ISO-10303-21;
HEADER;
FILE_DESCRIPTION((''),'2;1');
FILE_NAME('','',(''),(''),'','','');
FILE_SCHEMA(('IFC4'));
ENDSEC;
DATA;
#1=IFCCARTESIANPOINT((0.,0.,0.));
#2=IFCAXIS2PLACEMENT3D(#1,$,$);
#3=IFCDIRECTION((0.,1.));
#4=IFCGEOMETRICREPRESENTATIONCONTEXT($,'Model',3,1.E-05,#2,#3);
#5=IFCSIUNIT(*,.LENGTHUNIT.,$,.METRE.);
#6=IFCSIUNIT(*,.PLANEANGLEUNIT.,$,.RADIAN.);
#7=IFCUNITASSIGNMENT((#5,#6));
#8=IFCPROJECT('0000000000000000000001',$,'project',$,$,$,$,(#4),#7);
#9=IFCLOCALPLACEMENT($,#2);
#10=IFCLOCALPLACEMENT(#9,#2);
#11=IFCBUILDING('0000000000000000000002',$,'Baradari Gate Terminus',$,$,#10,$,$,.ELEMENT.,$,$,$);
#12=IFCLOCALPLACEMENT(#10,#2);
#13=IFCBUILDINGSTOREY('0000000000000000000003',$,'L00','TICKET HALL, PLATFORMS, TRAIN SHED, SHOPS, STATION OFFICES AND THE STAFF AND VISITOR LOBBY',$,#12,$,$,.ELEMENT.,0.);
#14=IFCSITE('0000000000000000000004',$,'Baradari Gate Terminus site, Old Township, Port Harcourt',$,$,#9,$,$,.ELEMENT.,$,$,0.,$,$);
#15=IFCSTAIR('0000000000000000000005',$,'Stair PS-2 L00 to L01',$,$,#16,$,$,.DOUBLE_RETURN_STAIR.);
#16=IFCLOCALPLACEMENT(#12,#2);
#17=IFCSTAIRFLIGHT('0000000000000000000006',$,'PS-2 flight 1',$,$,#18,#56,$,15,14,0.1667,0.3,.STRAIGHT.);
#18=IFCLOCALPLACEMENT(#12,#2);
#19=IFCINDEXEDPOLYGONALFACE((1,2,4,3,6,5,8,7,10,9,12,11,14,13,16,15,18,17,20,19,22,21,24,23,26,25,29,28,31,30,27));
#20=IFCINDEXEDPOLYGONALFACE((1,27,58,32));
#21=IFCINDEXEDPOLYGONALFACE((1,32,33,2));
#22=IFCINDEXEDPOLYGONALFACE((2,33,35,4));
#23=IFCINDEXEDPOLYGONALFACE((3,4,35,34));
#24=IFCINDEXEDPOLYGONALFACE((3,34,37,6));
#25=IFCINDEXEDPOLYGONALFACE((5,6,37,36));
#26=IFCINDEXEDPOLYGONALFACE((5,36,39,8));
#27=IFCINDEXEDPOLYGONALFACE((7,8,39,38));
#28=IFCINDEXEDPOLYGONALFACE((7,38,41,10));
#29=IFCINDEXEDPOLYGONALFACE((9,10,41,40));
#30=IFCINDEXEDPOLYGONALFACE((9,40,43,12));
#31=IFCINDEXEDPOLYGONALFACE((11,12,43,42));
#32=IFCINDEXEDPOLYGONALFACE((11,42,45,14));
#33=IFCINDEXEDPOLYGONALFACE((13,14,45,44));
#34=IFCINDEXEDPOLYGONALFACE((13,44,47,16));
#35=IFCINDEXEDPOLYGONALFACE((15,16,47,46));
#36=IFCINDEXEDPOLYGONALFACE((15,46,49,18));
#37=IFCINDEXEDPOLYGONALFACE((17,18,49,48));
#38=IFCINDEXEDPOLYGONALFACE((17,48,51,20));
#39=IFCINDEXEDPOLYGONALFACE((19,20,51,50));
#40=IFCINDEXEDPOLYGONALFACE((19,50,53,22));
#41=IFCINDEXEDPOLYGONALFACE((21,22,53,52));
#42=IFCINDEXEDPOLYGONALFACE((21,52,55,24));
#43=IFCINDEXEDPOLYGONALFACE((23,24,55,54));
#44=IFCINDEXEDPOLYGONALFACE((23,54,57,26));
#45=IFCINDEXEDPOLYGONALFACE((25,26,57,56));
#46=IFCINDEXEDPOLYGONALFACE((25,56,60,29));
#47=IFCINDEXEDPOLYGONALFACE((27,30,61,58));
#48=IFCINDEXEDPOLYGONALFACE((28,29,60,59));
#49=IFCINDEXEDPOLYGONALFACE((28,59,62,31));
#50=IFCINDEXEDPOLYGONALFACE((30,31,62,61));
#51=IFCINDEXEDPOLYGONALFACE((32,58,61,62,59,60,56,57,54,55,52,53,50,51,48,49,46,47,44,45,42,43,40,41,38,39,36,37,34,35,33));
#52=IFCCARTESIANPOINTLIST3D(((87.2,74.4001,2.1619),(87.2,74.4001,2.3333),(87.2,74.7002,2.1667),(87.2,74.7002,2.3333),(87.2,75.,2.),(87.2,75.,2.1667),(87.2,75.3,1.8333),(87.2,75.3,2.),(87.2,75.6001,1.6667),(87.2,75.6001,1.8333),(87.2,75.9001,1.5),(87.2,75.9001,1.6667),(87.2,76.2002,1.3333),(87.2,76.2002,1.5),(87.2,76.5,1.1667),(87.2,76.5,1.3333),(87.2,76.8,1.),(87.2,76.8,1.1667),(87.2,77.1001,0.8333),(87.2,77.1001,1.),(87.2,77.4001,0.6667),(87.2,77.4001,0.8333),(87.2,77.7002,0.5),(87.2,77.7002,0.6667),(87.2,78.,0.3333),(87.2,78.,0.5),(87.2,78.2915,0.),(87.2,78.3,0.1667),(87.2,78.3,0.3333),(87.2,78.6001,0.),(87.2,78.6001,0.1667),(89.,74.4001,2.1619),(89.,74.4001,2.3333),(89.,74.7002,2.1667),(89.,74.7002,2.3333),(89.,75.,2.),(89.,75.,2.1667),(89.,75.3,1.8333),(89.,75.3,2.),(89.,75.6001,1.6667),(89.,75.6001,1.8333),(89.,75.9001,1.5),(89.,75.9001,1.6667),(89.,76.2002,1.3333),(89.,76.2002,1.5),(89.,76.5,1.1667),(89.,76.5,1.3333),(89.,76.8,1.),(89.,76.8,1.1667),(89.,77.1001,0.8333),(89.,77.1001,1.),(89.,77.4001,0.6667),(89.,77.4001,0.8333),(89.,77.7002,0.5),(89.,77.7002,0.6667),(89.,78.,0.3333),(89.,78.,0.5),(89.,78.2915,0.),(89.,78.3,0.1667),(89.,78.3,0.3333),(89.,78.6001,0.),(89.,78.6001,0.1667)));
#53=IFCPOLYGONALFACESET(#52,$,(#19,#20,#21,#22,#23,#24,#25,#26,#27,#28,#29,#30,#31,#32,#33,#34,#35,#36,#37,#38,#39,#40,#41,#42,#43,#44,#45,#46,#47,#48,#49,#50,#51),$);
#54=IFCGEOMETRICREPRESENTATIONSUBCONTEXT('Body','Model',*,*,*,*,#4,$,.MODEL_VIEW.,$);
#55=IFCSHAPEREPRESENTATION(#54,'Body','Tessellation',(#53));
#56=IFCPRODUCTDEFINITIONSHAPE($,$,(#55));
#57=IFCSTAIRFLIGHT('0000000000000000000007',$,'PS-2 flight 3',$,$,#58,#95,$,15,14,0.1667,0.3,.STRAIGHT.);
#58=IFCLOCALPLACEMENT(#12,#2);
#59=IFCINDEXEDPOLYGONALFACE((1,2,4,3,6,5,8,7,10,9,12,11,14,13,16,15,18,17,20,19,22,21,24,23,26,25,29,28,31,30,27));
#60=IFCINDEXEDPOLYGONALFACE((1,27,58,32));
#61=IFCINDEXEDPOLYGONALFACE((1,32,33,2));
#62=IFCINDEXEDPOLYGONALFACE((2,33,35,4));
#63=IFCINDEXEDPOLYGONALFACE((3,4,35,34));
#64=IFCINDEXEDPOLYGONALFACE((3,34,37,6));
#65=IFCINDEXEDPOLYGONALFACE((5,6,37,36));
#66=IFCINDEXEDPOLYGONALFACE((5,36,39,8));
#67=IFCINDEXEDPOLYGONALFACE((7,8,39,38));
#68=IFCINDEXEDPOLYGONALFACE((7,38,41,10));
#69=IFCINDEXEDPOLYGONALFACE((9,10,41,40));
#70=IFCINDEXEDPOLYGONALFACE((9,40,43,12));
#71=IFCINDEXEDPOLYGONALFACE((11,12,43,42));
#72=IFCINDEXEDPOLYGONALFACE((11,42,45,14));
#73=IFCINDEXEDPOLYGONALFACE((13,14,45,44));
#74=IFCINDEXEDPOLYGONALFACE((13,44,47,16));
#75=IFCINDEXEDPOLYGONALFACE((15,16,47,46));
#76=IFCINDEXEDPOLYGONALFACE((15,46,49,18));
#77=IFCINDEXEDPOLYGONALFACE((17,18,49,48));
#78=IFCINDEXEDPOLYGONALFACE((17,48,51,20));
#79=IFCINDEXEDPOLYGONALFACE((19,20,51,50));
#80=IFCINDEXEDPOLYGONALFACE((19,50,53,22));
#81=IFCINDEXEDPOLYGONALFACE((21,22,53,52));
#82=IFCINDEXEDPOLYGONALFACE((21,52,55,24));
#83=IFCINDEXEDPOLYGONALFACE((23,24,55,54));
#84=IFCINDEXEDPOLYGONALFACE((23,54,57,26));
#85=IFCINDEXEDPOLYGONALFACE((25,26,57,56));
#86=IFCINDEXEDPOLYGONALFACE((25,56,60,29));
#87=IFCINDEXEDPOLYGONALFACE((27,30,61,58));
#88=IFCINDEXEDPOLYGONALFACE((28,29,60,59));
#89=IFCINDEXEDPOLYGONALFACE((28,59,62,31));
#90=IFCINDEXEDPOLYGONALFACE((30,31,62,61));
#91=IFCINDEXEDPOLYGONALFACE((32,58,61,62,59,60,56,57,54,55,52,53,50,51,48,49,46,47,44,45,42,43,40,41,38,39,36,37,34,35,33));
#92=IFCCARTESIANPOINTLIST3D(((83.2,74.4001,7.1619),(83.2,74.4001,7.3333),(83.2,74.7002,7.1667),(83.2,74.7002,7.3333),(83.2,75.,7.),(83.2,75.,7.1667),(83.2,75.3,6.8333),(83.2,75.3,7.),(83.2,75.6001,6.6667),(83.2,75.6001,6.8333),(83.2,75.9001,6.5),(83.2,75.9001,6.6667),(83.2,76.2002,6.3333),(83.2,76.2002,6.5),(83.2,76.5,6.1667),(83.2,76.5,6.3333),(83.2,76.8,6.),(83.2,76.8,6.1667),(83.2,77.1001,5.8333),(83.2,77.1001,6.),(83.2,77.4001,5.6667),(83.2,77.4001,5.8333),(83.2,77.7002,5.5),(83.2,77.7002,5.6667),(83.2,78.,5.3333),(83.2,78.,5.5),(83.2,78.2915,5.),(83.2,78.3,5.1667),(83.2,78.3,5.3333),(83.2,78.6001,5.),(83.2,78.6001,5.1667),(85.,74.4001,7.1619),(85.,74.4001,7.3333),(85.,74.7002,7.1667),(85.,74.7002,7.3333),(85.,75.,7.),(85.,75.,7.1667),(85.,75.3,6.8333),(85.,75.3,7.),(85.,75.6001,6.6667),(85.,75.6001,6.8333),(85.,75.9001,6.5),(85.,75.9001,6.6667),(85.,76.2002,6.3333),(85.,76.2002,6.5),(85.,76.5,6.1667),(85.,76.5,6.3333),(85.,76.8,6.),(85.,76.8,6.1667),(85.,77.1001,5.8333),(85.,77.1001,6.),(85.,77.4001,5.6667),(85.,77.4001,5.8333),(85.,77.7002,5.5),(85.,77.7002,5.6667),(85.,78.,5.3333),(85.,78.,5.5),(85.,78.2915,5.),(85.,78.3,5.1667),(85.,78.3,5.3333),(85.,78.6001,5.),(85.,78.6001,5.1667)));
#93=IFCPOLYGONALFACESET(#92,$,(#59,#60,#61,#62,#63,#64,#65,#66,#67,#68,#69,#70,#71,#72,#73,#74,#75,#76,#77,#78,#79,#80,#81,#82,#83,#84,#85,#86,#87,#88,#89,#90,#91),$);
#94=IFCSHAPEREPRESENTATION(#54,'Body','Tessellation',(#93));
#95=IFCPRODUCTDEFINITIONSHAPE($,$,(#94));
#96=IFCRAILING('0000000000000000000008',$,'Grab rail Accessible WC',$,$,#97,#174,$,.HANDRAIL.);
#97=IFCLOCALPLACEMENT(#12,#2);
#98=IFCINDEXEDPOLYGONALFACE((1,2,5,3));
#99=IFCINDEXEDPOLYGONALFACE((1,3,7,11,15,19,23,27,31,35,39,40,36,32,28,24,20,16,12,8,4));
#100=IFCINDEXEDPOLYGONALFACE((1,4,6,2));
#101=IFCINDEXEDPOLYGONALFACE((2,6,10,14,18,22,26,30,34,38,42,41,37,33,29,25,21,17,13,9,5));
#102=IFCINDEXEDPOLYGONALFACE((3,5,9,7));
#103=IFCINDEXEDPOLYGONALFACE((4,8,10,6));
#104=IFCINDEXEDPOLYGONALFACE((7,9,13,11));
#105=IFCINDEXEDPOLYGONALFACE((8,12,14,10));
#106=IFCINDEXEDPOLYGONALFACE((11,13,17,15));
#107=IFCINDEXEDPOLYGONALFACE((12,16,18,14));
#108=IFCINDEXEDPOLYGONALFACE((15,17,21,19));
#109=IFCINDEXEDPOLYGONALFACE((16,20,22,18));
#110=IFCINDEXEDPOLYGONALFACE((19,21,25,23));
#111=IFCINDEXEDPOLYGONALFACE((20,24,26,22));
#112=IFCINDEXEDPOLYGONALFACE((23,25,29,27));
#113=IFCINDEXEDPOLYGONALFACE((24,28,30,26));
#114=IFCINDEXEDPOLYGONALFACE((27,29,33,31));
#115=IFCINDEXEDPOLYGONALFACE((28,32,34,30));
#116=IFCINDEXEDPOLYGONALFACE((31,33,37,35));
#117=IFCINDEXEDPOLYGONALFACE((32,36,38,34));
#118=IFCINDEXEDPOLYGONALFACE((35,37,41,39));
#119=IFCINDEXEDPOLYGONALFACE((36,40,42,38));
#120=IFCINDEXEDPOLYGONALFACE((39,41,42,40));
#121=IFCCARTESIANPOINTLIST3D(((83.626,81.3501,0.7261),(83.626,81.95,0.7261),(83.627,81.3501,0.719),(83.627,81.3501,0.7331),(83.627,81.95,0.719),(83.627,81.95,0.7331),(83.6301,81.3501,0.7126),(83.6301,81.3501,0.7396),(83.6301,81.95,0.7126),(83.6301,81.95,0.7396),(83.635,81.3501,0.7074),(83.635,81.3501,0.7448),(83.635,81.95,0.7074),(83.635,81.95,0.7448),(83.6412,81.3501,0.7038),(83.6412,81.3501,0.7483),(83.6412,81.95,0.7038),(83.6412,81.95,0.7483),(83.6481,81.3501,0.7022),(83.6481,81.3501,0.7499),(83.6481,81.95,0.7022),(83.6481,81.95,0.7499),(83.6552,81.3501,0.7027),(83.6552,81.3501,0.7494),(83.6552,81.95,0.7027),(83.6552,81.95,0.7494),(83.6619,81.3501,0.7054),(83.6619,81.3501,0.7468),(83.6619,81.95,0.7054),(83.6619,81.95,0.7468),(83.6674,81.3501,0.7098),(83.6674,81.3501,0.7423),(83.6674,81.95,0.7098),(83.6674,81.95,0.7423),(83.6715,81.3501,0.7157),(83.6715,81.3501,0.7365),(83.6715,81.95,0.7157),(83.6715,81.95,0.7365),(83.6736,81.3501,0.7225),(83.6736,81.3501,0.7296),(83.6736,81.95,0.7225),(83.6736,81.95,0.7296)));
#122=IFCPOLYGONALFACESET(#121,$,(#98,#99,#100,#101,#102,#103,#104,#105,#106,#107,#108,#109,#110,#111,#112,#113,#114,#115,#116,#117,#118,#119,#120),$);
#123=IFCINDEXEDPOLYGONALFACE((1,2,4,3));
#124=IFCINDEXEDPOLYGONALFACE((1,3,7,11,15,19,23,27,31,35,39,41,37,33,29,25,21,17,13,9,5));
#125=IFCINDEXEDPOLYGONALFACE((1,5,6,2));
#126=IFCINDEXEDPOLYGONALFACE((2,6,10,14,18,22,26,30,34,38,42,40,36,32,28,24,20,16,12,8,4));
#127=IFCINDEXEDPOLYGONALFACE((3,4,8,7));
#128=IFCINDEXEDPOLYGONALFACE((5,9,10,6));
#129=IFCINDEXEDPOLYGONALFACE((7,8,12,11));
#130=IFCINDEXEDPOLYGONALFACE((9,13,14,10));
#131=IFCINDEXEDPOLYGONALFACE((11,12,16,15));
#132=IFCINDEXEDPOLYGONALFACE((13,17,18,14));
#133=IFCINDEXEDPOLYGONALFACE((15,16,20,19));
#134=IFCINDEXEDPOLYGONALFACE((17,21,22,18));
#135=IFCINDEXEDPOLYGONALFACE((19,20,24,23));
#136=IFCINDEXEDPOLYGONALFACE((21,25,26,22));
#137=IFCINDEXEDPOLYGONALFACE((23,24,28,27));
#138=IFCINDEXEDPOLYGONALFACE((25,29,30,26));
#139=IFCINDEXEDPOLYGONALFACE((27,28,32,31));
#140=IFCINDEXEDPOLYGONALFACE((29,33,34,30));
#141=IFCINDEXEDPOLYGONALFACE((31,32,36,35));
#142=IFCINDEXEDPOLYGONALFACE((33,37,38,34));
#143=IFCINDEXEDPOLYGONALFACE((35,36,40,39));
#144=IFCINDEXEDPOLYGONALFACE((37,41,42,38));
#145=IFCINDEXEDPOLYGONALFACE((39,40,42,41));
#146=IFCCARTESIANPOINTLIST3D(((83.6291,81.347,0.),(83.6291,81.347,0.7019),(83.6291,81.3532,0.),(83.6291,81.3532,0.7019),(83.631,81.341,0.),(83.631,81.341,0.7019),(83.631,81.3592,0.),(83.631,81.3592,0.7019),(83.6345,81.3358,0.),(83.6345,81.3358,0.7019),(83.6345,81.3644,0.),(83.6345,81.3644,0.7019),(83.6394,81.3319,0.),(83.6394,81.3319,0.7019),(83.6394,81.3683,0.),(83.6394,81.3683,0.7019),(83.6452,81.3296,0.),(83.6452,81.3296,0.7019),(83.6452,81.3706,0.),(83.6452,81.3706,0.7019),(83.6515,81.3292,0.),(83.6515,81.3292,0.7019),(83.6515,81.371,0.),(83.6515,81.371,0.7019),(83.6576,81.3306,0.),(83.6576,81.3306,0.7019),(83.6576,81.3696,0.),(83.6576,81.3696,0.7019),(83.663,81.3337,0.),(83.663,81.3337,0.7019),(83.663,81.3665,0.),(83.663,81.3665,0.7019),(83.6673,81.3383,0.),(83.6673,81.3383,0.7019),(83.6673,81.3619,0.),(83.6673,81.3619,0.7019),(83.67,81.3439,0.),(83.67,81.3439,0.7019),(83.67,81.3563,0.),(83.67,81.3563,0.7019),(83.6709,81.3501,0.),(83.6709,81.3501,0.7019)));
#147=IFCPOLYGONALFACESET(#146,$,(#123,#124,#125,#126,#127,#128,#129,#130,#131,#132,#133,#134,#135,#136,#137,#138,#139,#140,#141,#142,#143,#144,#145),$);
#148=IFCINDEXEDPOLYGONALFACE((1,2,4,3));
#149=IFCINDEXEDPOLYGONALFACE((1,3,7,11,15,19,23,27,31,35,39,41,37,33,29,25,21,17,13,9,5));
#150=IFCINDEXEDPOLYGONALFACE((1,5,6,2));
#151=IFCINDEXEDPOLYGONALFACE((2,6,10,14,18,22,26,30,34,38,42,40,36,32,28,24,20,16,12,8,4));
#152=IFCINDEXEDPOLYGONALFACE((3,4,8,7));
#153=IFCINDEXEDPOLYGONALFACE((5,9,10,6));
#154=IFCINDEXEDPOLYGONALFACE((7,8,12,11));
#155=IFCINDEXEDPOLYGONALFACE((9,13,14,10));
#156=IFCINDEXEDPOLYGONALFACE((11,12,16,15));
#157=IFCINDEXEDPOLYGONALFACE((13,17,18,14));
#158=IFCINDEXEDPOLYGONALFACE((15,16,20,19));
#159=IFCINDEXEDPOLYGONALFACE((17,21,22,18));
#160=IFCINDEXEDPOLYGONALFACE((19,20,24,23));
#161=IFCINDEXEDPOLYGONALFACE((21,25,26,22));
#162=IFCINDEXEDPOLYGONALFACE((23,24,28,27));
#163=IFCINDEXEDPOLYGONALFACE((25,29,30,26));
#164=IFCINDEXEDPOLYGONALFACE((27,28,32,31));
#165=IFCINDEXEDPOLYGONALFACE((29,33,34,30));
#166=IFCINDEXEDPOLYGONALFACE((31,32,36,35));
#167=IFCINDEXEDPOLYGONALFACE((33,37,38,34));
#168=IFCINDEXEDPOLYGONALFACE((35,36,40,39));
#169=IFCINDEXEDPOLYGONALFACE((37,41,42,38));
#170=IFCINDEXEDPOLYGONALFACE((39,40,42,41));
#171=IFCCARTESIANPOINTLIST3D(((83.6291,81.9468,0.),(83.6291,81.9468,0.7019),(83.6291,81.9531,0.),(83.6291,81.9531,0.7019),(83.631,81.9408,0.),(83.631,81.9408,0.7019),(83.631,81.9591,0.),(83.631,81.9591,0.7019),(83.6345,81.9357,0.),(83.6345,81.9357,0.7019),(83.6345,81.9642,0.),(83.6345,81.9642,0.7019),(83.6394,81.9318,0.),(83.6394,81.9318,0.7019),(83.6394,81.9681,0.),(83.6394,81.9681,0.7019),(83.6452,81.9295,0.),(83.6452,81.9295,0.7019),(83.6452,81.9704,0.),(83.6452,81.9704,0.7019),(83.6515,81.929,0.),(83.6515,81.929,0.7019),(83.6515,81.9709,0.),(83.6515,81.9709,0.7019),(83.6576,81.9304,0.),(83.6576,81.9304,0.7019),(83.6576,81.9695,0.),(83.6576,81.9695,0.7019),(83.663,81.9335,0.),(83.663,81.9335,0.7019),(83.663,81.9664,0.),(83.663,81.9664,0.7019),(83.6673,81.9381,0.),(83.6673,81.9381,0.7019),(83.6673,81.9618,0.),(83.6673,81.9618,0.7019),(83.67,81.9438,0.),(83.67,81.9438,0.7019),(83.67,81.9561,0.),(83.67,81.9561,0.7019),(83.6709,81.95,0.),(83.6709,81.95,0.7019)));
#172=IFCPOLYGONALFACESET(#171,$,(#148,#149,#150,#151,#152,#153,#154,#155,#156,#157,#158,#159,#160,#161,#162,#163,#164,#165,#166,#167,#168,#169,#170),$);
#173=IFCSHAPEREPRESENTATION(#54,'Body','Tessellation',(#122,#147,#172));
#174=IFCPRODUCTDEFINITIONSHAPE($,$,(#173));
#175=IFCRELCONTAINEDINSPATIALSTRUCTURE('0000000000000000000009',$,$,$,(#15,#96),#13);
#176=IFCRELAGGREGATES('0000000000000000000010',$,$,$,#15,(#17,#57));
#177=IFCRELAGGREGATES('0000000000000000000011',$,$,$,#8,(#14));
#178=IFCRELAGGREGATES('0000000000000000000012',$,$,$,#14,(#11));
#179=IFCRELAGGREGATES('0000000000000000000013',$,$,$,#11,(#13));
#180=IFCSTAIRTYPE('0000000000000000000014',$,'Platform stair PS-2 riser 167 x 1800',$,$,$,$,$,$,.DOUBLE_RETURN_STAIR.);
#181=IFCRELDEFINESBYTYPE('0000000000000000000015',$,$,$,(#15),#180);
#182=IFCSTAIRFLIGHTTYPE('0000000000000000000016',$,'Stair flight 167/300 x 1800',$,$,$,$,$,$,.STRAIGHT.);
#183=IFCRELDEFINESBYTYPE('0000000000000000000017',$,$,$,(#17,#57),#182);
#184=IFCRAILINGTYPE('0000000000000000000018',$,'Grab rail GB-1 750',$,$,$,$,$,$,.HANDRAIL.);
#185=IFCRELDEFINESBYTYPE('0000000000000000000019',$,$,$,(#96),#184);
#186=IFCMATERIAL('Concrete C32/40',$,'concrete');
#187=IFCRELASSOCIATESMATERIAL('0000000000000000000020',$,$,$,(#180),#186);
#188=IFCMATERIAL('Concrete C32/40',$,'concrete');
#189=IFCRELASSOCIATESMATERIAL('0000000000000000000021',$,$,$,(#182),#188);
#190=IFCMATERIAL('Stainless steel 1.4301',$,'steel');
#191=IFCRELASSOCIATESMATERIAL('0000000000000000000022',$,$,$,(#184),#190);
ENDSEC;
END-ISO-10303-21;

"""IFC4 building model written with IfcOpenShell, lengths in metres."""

from ifc_helpers import new_model, si_unit, direction, frame, origin, origin_2d, place, context, subcontext, project, spatial, polyline, circle, outline, extrude, material, type_object, element, aggregate, save


model = new_model("IFC4")

# Units and contexts
model_context = context("Model", 3, precision=1e-05, world=origin(), true_north=direction((0.0, 1.0)))
body_context = subcontext(model_context, "Body", "Model", "MODEL_VIEW")
ifc_project = project(units=[si_unit("LENGTHUNIT", "METRE"), si_unit("PLANEANGLEUNIT", "RADIAN")], contexts=[model_context])

# Site, building, storey
site_placement = place(None, origin())
site = spatial("IfcSite", under=ifc_project, at=site_placement, Name="Baradari Gate Terminus site, Old Township, Port Harcourt", CompositionType="ELEMENT", RefElevation=0.0)
building_placement = place(site_placement, origin())
building = spatial("IfcBuilding", under=site, at=building_placement, Name="Baradari Gate Terminus", CompositionType="ELEMENT")
storey_placement = place(building_placement, origin())
storey = spatial("IfcBuildingStorey", under=building, at=storey_placement, Name="L00", Description="TICKET HALL, PLATFORMS, TRAIN SHED, SHOPS, STATION OFFICES AND THE STAFF AND VISITOR LOBBY", CompositionType="ELEMENT", Elevation=0.0)

# Stair, stair flights
ifc_material_1 = material(Name="Concrete C32/40", Category="concrete")
stair_type = type_object("IfcStairType", Name="Platform stair PS-2 riser 167 x 1800", PredefinedType="DOUBLE_RETURN_STAIR", material=ifc_material_1)
stair_placement = place(storey_placement, origin())
stair = element("IfcStair", 1, at=stair_placement, inside=storey, type_object=stair_type, Name="Stair PS-2 L00 to L01", PredefinedType="DOUBLE_RETURN_STAIR")
ifc_material_2 = material(Name="Concrete C32/40", Category="concrete")
stair_flight_type = type_object("IfcStairFlightType", Name="Stair flight 167/300 x 1800", PredefinedType="STRAIGHT", material=ifc_material_2)
stair_flight_1_placement = place(storey_placement, frame((88.1001, 78.6001, 0.0), z_axis=(0.0, 0.0, 1.0), x_axis=(0.0, -1.0, 0.0)))
stair_flight_1 = element("IfcStairFlight", 2, at=stair_flight_1_placement, type_object=stair_flight_type, Name="PS-2 flight 1", NumberOfRisers=15, NumberOfTreads=14, PredefinedType="STRAIGHT", RiserHeight=0.1667, TreadLength=0.3, context=body_context, shape_type="SweptSolid", body=[
    extrude(outline(polyline([(0.0, 0.0), (0.0, 0.1667), (0.3, 0.1667), (0.3, 0.3333), (0.6001, 0.3333), (0.6001, 0.5), (0.8999, 0.5), (0.8999, 0.6667), (1.2, 0.6667), (1.2, 0.8333), (1.5, 0.8333), (1.5, 1.0), (1.8, 1.0), (1.8, 1.1667), (2.1001, 1.1667), (2.1001, 1.3333), (2.3999, 1.3333), (2.3999, 1.5), (2.7, 1.5), (2.7, 1.6667), (3.0, 1.6667), (3.0, 1.8333), (3.3, 1.8333), (3.3, 2.0), (3.6001, 2.0), (3.6001, 2.1667), (3.8999, 2.1667), (3.8999, 2.3333), (4.2, 2.3333), (4.2, 2.5), (4.2, 2.1619), (0.3086, 0.0), (0.0, 0.0)])), frame((0.0, 0.8999, 0.0), z_axis=(0.0, -1.0, 0.0), x_axis=(1.0, 0.0, 0.0)), (0.0, 0.0, 1.0), 1.8),
])
stair_flight_2_placement = place(storey_placement, frame((84.1001, 78.6001, 5.0), z_axis=(0.0, 0.0, 1.0), x_axis=(0.0, -1.0, 0.0)))
stair_flight_2 = element("IfcStairFlight", 3, at=stair_flight_2_placement, type_object=stair_flight_type, Name="PS-2 flight 3", NumberOfRisers=15, NumberOfTreads=14, PredefinedType="STRAIGHT", RiserHeight=0.1667, TreadLength=0.3, context=body_context, shape_type="SweptSolid", body=[
    extrude(outline(polyline([(0.0, 0.0), (0.0, 0.1667), (0.3, 0.1667), (0.3, 0.3333), (0.6001, 0.3333), (0.6001, 0.5), (0.8999, 0.5), (0.8999, 0.6667), (1.2, 0.6667), (1.2, 0.8333), (1.5, 0.8333), (1.5, 1.0), (1.8, 1.0), (1.8, 1.1667), (2.1001, 1.1667), (2.1001, 1.3333), (2.3999, 1.3333), (2.3999, 1.5), (2.7, 1.5), (2.7, 1.6667), (3.0, 1.6667), (3.0, 1.8333), (3.3, 1.8333), (3.3, 2.0), (3.6001, 2.0), (3.6001, 2.1667), (3.8999, 2.1667), (3.8999, 2.3333), (4.2, 2.3333), (4.2, 2.5), (4.2, 2.1619), (0.3086, 0.0), (0.0, 0.0)])), frame((0.0, 0.8999, 0.0), z_axis=(0.0, -1.0, 0.0), x_axis=(1.0, 0.0, 0.0)), (0.0, 0.0, 1.0), 1.8),
])
aggregate(stair, [stair_flight_1, stair_flight_2])

# Railing
ifc_material_3 = material(Name="Stainless steel 1.4301", Category="steel")
railing_type_1 = type_object("IfcRailingType", Name="Grab rail GB-1 750", PredefinedType="HANDRAIL", material=ifc_material_3)
for number, where, name in (
    (4, (83.6499, 81.3501, 0.0), "Grab rail Accessible WC"),
):
    element("IfcRailing", number, at=place(storey_placement, frame(where)), inside=storey, type_object=railing_type_1, Name=name, PredefinedType="HANDRAIL", context=body_context, shape_type="SweptSolid", body=[
        extrude(circle(Radius=0.0239, at=origin_2d()), frame((0.0, 0.0, 0.7261), z_axis=(0.0, 1.0, 0.0), x_axis=(-1.0, 0.0, 0.0)), (0.0, 0.0, 1.0), 0.5999),
        extrude(circle(Radius=0.021, at=origin_2d()), origin(), (0.0, 0.0, 1.0), 0.7019),
        extrude(circle(Radius=0.021, at=origin_2d()), frame((0.0, 0.5999, 0.0)), (0.0, 0.0, 1.0), 0.7019),
    ])

save(model, "model.ifc")
